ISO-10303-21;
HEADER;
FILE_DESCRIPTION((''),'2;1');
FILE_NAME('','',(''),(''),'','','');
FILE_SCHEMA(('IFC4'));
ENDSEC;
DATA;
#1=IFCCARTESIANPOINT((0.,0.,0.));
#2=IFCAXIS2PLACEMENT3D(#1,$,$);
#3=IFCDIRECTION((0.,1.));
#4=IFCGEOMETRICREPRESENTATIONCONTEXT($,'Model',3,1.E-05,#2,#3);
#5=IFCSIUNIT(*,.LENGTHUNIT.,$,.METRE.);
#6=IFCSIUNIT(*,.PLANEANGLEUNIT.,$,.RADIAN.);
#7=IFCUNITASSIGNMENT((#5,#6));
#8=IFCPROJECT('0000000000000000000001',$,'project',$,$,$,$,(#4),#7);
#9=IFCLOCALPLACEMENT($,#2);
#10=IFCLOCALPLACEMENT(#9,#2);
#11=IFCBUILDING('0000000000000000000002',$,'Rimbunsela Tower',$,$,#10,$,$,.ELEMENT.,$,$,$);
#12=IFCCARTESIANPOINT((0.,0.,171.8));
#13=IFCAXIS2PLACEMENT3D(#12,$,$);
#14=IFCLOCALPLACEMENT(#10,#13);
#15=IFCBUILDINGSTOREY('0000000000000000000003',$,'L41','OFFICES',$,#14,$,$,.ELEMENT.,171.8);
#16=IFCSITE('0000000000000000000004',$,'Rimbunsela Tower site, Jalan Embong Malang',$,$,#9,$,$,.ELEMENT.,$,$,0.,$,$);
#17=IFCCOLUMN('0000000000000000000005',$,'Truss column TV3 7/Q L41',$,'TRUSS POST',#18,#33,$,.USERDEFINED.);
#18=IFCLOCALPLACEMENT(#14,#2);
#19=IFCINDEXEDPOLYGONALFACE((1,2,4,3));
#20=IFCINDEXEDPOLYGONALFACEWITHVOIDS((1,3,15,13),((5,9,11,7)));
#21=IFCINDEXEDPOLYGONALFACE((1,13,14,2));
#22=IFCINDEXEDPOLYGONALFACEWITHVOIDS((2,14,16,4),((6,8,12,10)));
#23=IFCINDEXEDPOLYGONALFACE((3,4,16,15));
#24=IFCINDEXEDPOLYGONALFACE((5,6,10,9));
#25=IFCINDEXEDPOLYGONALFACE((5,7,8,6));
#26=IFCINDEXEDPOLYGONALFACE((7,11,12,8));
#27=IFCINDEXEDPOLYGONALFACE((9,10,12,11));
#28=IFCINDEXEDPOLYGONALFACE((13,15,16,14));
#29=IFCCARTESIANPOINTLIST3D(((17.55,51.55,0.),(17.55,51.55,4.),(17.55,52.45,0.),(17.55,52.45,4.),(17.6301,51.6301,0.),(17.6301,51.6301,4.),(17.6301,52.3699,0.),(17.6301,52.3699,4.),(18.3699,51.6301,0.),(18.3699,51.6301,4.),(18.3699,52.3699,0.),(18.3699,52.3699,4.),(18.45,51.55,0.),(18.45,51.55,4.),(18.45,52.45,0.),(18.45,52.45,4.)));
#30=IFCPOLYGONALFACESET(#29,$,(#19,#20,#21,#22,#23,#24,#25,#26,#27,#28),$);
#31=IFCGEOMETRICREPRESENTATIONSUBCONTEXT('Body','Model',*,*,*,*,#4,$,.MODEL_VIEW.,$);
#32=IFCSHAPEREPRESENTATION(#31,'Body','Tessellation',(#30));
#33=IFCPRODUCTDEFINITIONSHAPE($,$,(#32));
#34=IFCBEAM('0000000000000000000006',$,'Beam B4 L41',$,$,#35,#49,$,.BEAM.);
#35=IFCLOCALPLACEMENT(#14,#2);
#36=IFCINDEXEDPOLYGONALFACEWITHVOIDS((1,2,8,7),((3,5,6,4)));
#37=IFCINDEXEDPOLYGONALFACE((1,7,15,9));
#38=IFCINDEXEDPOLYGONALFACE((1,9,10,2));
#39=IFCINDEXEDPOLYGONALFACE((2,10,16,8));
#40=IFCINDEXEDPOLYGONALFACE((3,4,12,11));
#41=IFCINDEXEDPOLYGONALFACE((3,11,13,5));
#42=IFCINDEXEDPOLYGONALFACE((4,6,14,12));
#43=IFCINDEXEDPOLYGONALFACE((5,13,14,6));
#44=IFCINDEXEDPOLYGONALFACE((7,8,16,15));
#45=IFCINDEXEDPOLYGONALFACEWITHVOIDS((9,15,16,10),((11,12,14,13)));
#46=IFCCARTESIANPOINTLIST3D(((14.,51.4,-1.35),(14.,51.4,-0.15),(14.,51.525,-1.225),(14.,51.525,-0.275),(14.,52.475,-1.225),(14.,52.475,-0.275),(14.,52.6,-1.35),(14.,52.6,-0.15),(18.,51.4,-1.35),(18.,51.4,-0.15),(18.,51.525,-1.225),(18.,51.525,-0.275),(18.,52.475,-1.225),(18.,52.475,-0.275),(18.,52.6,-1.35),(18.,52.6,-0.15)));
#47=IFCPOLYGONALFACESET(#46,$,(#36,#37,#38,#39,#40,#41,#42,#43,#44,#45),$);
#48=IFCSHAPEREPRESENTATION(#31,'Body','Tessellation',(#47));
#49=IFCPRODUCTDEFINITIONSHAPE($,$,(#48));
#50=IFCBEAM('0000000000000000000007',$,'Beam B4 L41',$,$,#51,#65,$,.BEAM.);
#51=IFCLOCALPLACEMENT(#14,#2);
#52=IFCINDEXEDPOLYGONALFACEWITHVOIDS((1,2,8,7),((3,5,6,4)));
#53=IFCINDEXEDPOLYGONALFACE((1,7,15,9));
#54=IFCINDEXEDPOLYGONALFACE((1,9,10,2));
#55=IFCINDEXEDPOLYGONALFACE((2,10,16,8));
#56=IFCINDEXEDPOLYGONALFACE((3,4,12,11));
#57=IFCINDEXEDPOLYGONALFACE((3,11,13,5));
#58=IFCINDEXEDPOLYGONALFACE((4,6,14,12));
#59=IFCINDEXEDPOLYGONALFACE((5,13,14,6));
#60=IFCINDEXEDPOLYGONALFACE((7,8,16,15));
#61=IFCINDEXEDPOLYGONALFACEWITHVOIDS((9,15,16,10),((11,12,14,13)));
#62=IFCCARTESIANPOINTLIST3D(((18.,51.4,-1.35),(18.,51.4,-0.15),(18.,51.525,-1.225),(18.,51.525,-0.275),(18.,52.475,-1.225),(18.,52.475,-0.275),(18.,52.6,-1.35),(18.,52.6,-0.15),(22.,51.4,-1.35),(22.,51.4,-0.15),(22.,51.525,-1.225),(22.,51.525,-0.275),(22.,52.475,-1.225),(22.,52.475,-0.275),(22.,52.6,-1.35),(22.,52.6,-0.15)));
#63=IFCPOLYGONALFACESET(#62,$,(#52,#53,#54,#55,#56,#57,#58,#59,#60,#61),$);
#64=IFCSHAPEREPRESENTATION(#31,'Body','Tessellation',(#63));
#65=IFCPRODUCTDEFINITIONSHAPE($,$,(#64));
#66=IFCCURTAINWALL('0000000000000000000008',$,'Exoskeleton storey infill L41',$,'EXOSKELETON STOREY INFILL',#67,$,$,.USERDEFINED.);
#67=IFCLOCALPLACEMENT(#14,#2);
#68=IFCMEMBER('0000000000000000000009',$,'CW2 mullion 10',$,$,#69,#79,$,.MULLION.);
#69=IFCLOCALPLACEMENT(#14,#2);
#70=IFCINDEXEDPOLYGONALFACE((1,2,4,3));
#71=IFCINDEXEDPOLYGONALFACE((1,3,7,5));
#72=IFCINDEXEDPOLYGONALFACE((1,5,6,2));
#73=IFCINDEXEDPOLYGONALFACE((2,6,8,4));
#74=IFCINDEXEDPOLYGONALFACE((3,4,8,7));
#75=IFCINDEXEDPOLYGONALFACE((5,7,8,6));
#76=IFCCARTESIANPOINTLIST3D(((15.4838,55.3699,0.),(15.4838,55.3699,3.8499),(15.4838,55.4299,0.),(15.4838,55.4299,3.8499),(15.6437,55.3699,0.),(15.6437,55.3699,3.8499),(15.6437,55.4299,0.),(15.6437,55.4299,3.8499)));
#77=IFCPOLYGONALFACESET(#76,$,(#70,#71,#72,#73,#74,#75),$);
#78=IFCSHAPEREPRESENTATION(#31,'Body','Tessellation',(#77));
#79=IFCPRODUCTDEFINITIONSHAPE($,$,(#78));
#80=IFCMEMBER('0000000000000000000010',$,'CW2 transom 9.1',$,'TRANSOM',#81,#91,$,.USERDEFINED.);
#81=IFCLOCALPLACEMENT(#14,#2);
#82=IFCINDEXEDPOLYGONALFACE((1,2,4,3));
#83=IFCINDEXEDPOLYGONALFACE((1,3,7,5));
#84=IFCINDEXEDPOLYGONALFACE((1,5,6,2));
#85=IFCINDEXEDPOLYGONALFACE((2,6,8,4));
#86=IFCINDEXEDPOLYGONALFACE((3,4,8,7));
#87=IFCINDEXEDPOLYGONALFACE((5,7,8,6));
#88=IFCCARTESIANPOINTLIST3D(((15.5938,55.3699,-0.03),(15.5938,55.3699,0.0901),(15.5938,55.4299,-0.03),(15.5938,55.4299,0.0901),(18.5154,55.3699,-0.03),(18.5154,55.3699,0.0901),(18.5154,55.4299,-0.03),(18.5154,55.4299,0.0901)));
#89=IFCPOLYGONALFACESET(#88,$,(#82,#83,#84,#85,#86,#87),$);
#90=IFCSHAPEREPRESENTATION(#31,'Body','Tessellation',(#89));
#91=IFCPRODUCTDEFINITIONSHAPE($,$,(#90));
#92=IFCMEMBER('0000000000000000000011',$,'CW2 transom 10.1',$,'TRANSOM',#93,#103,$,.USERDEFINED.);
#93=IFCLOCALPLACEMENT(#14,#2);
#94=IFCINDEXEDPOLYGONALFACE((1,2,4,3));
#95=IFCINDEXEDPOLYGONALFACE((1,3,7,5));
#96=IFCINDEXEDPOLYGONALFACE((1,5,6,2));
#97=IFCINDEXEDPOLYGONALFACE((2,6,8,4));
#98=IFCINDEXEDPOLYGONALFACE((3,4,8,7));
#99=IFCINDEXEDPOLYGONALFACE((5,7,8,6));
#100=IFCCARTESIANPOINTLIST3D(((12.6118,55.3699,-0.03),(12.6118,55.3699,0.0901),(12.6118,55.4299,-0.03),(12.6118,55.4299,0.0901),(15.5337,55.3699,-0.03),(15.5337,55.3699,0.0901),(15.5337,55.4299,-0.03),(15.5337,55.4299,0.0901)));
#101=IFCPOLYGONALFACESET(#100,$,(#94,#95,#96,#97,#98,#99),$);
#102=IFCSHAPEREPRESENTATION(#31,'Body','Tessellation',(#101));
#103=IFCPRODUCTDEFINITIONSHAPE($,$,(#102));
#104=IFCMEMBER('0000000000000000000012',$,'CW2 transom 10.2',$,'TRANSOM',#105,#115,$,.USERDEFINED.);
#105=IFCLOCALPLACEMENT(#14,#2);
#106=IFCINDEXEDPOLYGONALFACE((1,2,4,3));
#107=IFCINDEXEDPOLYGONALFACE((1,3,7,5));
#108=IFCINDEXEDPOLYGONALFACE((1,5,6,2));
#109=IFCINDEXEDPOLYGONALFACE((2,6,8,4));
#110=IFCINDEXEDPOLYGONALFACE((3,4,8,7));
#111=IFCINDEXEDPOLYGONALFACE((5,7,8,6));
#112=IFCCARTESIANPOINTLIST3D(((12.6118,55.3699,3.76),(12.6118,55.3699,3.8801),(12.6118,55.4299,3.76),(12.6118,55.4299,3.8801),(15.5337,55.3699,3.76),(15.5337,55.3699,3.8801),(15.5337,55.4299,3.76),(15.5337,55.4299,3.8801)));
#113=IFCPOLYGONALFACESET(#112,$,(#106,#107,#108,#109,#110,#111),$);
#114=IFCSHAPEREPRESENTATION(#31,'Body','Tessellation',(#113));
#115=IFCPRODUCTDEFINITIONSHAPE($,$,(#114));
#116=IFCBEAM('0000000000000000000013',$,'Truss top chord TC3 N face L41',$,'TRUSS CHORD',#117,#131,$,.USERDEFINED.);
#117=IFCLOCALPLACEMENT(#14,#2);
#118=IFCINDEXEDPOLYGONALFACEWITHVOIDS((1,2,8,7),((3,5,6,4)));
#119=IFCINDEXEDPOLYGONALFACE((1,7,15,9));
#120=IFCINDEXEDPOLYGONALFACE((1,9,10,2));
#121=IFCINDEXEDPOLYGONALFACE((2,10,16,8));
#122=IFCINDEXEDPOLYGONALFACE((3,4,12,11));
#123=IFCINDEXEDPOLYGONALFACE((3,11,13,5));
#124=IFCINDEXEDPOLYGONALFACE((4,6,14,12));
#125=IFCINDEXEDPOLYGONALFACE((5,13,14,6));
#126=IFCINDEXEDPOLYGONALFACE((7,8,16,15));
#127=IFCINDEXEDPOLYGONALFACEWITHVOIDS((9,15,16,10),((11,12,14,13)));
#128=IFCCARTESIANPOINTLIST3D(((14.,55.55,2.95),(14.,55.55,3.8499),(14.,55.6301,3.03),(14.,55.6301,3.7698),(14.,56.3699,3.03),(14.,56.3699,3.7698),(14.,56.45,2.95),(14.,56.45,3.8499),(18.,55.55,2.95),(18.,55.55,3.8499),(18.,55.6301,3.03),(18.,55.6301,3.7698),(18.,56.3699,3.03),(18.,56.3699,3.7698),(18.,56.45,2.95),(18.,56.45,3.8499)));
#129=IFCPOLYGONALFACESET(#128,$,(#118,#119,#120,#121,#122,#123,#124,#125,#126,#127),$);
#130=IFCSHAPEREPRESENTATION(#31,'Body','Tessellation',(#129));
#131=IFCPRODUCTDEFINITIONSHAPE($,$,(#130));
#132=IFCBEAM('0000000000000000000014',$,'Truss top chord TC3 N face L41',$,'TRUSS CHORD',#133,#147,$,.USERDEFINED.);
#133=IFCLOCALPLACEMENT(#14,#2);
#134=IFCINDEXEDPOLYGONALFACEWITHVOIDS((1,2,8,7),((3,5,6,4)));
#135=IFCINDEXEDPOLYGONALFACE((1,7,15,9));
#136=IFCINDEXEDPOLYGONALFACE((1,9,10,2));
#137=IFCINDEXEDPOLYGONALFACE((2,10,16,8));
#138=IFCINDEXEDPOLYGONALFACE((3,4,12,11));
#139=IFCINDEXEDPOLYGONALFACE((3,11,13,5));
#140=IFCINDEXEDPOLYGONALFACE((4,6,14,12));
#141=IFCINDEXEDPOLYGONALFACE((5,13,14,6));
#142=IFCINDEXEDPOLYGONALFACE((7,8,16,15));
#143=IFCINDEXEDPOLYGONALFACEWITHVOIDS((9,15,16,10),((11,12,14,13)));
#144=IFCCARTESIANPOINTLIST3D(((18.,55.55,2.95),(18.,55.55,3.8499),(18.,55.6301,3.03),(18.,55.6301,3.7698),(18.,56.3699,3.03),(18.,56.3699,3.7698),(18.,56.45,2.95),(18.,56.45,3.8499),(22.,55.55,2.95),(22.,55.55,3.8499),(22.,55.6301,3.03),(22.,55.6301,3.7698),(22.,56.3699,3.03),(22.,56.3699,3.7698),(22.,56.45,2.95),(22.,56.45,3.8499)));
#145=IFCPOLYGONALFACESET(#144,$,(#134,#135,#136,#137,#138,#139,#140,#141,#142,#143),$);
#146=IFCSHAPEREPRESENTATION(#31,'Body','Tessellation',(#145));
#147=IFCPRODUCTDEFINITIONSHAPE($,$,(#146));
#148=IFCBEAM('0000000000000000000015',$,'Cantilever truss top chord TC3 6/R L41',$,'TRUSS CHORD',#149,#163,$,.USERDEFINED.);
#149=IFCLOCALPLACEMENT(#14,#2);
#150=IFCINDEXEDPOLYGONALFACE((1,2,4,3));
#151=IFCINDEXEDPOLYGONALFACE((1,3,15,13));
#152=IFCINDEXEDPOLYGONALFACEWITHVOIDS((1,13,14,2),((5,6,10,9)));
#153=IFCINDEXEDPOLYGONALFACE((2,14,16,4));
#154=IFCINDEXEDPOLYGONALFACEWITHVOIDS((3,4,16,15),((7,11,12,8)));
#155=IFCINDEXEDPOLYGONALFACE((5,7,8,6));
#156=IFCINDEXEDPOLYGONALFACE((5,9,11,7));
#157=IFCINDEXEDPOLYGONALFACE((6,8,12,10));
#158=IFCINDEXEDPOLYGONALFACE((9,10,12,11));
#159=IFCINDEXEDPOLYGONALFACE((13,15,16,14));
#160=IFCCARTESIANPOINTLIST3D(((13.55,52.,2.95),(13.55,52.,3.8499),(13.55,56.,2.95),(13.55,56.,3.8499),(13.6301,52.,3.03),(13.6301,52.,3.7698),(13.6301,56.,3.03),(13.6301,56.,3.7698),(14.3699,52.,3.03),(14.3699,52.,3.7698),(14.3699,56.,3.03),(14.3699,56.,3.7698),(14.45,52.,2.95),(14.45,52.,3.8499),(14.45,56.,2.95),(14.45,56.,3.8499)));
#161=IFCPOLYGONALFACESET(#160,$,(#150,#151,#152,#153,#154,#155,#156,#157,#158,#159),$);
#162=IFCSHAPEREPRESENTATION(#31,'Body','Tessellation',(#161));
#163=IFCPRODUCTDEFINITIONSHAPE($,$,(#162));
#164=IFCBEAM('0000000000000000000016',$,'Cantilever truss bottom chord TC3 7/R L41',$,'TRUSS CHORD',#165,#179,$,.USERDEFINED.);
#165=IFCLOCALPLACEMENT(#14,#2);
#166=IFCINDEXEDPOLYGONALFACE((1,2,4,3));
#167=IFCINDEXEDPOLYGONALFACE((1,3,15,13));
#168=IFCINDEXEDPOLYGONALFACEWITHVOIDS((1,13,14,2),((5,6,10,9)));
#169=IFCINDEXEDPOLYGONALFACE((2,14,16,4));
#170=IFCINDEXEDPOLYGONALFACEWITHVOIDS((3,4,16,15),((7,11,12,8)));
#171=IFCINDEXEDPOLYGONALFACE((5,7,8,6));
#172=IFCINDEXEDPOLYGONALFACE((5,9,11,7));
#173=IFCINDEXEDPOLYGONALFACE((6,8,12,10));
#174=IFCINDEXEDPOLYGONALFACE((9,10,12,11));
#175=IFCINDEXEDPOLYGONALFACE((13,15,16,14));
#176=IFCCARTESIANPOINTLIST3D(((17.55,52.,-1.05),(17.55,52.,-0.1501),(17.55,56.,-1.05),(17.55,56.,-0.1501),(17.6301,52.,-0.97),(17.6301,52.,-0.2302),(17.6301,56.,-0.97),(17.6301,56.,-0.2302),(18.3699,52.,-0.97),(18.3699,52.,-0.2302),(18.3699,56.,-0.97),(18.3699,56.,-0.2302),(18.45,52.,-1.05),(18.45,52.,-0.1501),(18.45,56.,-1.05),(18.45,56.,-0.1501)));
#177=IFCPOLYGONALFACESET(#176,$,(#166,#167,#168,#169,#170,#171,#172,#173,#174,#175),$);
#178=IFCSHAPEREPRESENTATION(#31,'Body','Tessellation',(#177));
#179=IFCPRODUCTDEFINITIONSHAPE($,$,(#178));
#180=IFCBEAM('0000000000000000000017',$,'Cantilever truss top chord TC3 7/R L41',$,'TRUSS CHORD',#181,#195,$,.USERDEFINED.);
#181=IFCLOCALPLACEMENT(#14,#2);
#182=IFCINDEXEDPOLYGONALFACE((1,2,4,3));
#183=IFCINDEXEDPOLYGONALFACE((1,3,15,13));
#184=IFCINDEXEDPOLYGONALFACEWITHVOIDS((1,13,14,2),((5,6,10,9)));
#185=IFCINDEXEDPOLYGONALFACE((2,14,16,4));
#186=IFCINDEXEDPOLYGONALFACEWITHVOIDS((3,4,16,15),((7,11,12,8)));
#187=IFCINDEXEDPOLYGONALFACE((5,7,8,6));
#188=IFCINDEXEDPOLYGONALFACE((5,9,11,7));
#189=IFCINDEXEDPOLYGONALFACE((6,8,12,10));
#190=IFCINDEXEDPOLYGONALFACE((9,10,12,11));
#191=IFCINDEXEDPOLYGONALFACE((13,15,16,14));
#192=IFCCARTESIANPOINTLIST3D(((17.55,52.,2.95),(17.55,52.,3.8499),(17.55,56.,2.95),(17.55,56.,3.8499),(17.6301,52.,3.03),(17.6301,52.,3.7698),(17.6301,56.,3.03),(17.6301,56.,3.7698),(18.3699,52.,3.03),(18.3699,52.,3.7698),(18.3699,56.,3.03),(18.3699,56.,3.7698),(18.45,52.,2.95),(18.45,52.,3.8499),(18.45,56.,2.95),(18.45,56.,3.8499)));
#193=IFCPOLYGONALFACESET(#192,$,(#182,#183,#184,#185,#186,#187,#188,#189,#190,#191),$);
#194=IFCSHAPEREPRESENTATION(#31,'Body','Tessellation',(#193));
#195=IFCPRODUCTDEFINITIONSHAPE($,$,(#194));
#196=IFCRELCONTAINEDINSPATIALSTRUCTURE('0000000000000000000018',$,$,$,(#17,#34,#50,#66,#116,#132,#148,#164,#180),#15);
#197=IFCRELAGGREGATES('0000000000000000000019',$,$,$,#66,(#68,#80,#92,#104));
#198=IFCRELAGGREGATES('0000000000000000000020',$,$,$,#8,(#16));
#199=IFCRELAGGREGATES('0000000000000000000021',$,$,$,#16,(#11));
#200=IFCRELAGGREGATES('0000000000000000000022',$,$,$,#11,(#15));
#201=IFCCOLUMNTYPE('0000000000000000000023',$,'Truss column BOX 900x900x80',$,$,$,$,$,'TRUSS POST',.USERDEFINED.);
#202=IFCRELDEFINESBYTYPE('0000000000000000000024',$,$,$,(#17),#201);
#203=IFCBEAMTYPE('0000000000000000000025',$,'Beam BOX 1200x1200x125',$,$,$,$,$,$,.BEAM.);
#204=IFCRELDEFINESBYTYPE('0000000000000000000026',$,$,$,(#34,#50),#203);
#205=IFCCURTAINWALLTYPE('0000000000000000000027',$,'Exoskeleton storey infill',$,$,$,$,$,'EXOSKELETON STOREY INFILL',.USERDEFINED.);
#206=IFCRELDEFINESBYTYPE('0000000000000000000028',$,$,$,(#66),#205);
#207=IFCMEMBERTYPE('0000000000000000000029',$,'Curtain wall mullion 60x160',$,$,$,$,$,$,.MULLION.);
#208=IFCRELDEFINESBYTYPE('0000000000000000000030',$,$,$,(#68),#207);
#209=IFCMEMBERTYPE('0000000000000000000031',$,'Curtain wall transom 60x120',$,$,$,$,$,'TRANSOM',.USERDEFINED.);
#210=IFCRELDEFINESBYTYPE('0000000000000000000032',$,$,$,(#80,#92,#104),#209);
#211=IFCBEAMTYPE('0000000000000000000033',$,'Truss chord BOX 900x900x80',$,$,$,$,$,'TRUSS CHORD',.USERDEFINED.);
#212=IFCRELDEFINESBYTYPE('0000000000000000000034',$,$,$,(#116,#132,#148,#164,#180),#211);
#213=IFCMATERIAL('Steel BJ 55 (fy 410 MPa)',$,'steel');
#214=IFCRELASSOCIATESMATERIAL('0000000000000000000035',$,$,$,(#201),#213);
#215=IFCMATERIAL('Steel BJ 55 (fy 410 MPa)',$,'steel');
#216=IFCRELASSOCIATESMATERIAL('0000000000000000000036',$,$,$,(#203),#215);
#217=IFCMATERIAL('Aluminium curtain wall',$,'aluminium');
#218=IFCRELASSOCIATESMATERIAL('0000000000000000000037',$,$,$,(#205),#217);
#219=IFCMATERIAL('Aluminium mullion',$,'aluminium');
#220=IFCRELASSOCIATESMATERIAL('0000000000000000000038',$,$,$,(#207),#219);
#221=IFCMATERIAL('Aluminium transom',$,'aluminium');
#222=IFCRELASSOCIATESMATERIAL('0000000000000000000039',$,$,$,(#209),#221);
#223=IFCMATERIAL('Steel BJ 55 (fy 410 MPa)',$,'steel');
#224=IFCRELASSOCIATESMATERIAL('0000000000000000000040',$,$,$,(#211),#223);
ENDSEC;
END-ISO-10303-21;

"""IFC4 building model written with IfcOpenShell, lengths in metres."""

from ifc_helpers import new_model, si_unit, direction, frame, origin, origin_2d, place, context, subcontext, project, spatial, rectangle, hollow_rectangle, extrude, material, material_profile, profile_set, type_object, element, aggregate, save


model = new_model("IFC4")

# Units and contexts
model_context = context("Model", 3, precision=1e-05, world=origin(), true_north=direction((0.0, 1.0)))
body_context = subcontext(model_context, "Body", "Model", "MODEL_VIEW")
ifc_project = project(units=[si_unit("LENGTHUNIT", "METRE"), si_unit("PLANEANGLEUNIT", "RADIAN")], contexts=[model_context])

# Site, building, storey
site_placement = place(None, origin())
site = spatial("IfcSite", under=ifc_project, at=site_placement, Name="Rimbunsela Tower site, Jalan Embong Malang", CompositionType="ELEMENT", RefElevation=0.0)
building_placement = place(site_placement, origin())
building = spatial("IfcBuilding", under=site, at=building_placement, Name="Rimbunsela Tower", CompositionType="ELEMENT")
storey_placement = place(building_placement, frame((0.0, 0.0, 171.8)))
storey = spatial("IfcBuildingStorey", under=building, at=storey_placement, Name="L41", Description="OFFICES", CompositionType="ELEMENT", Elevation=171.8)

# Column
ifc_material_1 = material(Name="Steel BJ 55 (fy 410 MPa)", Category="steel")
ifc_material_profile_1 = material_profile(ifc_material_1, hollow_rectangle(XDim=0.8999, YDim=0.8999, WallThickness=0.0801, at=origin_2d()), Name="BOX 900x900x80")
ifc_profile_set_1 = profile_set([ifc_material_profile_1], Name="Steel BJ 55 (fy 410 MPa)")
column_type = type_object("IfcColumnType", Name="Truss column BOX 900x900x80", ElementType="TRUSS POST", PredefinedType="USERDEFINED", material=ifc_profile_set_1)
column_placement = place(storey_placement, frame((18.0, 52.0, 0.0), z_axis=(0.0, 0.0, 1.0), x_axis=(1.0, 0.0, 0.0)))
element("IfcColumn", 1, at=column_placement, inside=storey, type_object=column_type, Name="Truss column TV3 7/Q L41", ObjectType="TRUSS POST", PredefinedType="USERDEFINED", context=body_context, shape_type="SweptSolid", body=[
    extrude(hollow_rectangle(XDim=0.8999, YDim=0.8999, WallThickness=0.0801, at=origin_2d()), origin(), (0.0, 0.0, 1.0), 4.0),
])

# Beams
ifc_material_2 = material(Name="Steel BJ 55 (fy 410 MPa)", Category="steel")
ifc_material_profile_2 = material_profile(ifc_material_2, hollow_rectangle(XDim=1.2, YDim=1.2, WallThickness=0.125, at=origin_2d()), Name="BOX 1200x1200x125")
ifc_profile_set_2 = profile_set([ifc_material_profile_2], Name="Steel BJ 55 (fy 410 MPa)")
beam_type_1 = type_object("IfcBeamType", Name="Beam BOX 1200x1200x125", PredefinedType="BEAM", material=ifc_profile_set_2)
for number, where, z_axis, x_axis, name in (
    (2, (14.0, 52.0, -0.75), (1.0, 0.0, 0.0), (0.0, 1.0, 0.0), "Beam B4 L41"),
    (3, (18.0, 52.0, -0.75), (1.0, 0.0, 0.0), (0.0, 1.0, 0.0), "Beam B4 L41"),
):
    element("IfcBeam", number, at=place(storey_placement, frame(where, z_axis=z_axis, x_axis=x_axis)), inside=storey, type_object=beam_type_1, Name=name, PredefinedType="BEAM", context=body_context, shape_type="SweptSolid", body=[
        extrude(hollow_rectangle(XDim=1.2, YDim=1.2, WallThickness=0.125, at=origin_2d()), origin(), (0.0, 0.0, 1.0), 4.0),
    ])

# Curtain wall, members
ifc_material_3 = material(Name="Aluminium curtain wall", Category="aluminium")
curtain_wall_type = type_object("IfcCurtainWallType", Name="Exoskeleton storey infill", ElementType="EXOSKELETON STOREY INFILL", PredefinedType="USERDEFINED", material=ifc_material_3)
curtain_wall_placement = place(storey_placement, origin())
curtain_wall = element("IfcCurtainWall", 4, at=curtain_wall_placement, inside=storey, type_object=curtain_wall_type, Name="Exoskeleton storey infill L41", ObjectType="EXOSKELETON STOREY INFILL", PredefinedType="USERDEFINED")
ifc_material_4 = material(Name="Aluminium mullion", Category="aluminium")
ifc_material_profile_3 = material_profile(ifc_material_4, rectangle(XDim=0.0601, YDim=0.1599, at=origin_2d()), Name="Mullion 60x160")
ifc_profile_set_3 = profile_set([ifc_material_profile_3], Name="Aluminium mullion")
member_type_1 = type_object("IfcMemberType", Name="Curtain wall mullion 60x160", PredefinedType="MULLION", material=ifc_profile_set_3)
member_1_placement = place(storey_placement, frame((15.5637, 55.3999, 0.0), z_axis=(0.0, 0.0, 1.0), x_axis=(0.0, -1.0, 0.0)))
member_1 = element("IfcMember", 5, at=member_1_placement, type_object=member_type_1, Name="CW2 mullion 10", PredefinedType="MULLION", context=body_context, shape_type="SweptSolid", body=[
    extrude(rectangle(XDim=0.0601, YDim=0.1599, at=origin_2d()), origin(), (0.0, 0.0, 1.0), 3.8499),
])
ifc_material_5 = material(Name="Aluminium transom", Category="aluminium")
ifc_material_profile_4 = material_profile(ifc_material_5, rectangle(XDim=0.0601, YDim=0.1201, at=origin_2d()), Name="Transom 60x120")
ifc_profile_set_4 = profile_set([ifc_material_profile_4], Name="Aluminium transom")
member_type_2 = type_object("IfcMemberType", Name="Curtain wall transom 60x120", ElementType="TRANSOM", PredefinedType="USERDEFINED", material=ifc_profile_set_4)
member_2_placement = place(storey_placement, frame((18.5154, 55.3999, 0.03), z_axis=(-1.0, 0.0, 0.0), x_axis=(0.0, -1.0, 0.0)))
member_2 = element("IfcMember", 6, at=member_2_placement, type_object=member_type_2, Name="CW2 transom 9.1", ObjectType="TRANSOM", PredefinedType="USERDEFINED", context=body_context, shape_type="SweptSolid", body=[
    extrude(rectangle(XDim=0.0601, YDim=0.1201, at=origin_2d()), origin(), (0.0, 0.0, 1.0), 2.9216),
])
member_3_placement = place(storey_placement, frame((15.5337, 55.3999, 0.03), z_axis=(-1.0, 0.0, 0.0), x_axis=(0.0, -1.0, 0.0)))
member_3 = element("IfcMember", 7, at=member_3_placement, type_object=member_type_2, Name="CW2 transom 10.1", ObjectType="TRANSOM", PredefinedType="USERDEFINED", context=body_context, shape_type="SweptSolid", body=[
    extrude(rectangle(XDim=0.0601, YDim=0.1201, at=origin_2d()), origin(), (0.0, 0.0, 1.0), 2.9219),
])
member_4_placement = place(storey_placement, frame((15.5337, 55.3999, 3.8201), z_axis=(-1.0, 0.0, 0.0), x_axis=(0.0, -1.0, 0.0)))
member_4 = element("IfcMember", 8, at=member_4_placement, type_object=member_type_2, Name="CW2 transom 10.2", ObjectType="TRANSOM", PredefinedType="USERDEFINED", context=body_context, shape_type="SweptSolid", body=[
    extrude(rectangle(XDim=0.0601, YDim=0.1201, at=origin_2d()), origin(), (0.0, 0.0, 1.0), 2.9219),
])

# Beams
ifc_material_6 = material(Name="Steel BJ 55 (fy 410 MPa)", Category="steel")
ifc_material_profile_5 = material_profile(ifc_material_6, hollow_rectangle(XDim=0.8999, YDim=0.8999, WallThickness=0.0801, at=origin_2d()), Name="BOX 900x900x80")
ifc_profile_set_5 = profile_set([ifc_material_profile_5], Name="Steel BJ 55 (fy 410 MPa)")
beam_type_2 = type_object("IfcBeamType", Name="Truss chord BOX 900x900x80", ElementType="TRUSS CHORD", PredefinedType="USERDEFINED", material=ifc_profile_set_5)
for number, where, z_axis, x_axis, name in (
    (9, (14.0, 56.0, 3.3999), (1.0, 0.0, 0.0), (0.0, 1.0, 0.0), "Truss top chord TC3 N face L41"),
    (10, (18.0, 56.0, 3.3999), (1.0, 0.0, 0.0), (0.0, 1.0, 0.0), "Truss top chord TC3 N face L41"),
    (11, (14.0, 52.0, 3.3999), (0.0, 1.0, 0.0), (-1.0, 0.0, 0.0), "Cantilever truss top chord TC3 6/R L41"),
    (12, (18.0, 52.0, -0.6001), (0.0, 1.0, 0.0), (-1.0, 0.0, 0.0), "Cantilever truss bottom chord TC3 7/R L41"),
    (13, (18.0, 52.0, 3.3999), (0.0, 1.0, 0.0), (-1.0, 0.0, 0.0), "Cantilever truss top chord TC3 7/R L41"),
):
    element("IfcBeam", number, at=place(storey_placement, frame(where, z_axis=z_axis, x_axis=x_axis)), inside=storey, type_object=beam_type_2, Name=name, ObjectType="TRUSS CHORD", PredefinedType="USERDEFINED", context=body_context, shape_type="SweptSolid", body=[
        extrude(hollow_rectangle(XDim=0.8999, YDim=0.8999, WallThickness=0.0801, at=origin_2d()), origin(), (0.0, 0.0, 1.0), 4.0),
    ])

aggregate(curtain_wall, [member_1, member_2, member_3, member_4])

save(model, "model.ifc")
